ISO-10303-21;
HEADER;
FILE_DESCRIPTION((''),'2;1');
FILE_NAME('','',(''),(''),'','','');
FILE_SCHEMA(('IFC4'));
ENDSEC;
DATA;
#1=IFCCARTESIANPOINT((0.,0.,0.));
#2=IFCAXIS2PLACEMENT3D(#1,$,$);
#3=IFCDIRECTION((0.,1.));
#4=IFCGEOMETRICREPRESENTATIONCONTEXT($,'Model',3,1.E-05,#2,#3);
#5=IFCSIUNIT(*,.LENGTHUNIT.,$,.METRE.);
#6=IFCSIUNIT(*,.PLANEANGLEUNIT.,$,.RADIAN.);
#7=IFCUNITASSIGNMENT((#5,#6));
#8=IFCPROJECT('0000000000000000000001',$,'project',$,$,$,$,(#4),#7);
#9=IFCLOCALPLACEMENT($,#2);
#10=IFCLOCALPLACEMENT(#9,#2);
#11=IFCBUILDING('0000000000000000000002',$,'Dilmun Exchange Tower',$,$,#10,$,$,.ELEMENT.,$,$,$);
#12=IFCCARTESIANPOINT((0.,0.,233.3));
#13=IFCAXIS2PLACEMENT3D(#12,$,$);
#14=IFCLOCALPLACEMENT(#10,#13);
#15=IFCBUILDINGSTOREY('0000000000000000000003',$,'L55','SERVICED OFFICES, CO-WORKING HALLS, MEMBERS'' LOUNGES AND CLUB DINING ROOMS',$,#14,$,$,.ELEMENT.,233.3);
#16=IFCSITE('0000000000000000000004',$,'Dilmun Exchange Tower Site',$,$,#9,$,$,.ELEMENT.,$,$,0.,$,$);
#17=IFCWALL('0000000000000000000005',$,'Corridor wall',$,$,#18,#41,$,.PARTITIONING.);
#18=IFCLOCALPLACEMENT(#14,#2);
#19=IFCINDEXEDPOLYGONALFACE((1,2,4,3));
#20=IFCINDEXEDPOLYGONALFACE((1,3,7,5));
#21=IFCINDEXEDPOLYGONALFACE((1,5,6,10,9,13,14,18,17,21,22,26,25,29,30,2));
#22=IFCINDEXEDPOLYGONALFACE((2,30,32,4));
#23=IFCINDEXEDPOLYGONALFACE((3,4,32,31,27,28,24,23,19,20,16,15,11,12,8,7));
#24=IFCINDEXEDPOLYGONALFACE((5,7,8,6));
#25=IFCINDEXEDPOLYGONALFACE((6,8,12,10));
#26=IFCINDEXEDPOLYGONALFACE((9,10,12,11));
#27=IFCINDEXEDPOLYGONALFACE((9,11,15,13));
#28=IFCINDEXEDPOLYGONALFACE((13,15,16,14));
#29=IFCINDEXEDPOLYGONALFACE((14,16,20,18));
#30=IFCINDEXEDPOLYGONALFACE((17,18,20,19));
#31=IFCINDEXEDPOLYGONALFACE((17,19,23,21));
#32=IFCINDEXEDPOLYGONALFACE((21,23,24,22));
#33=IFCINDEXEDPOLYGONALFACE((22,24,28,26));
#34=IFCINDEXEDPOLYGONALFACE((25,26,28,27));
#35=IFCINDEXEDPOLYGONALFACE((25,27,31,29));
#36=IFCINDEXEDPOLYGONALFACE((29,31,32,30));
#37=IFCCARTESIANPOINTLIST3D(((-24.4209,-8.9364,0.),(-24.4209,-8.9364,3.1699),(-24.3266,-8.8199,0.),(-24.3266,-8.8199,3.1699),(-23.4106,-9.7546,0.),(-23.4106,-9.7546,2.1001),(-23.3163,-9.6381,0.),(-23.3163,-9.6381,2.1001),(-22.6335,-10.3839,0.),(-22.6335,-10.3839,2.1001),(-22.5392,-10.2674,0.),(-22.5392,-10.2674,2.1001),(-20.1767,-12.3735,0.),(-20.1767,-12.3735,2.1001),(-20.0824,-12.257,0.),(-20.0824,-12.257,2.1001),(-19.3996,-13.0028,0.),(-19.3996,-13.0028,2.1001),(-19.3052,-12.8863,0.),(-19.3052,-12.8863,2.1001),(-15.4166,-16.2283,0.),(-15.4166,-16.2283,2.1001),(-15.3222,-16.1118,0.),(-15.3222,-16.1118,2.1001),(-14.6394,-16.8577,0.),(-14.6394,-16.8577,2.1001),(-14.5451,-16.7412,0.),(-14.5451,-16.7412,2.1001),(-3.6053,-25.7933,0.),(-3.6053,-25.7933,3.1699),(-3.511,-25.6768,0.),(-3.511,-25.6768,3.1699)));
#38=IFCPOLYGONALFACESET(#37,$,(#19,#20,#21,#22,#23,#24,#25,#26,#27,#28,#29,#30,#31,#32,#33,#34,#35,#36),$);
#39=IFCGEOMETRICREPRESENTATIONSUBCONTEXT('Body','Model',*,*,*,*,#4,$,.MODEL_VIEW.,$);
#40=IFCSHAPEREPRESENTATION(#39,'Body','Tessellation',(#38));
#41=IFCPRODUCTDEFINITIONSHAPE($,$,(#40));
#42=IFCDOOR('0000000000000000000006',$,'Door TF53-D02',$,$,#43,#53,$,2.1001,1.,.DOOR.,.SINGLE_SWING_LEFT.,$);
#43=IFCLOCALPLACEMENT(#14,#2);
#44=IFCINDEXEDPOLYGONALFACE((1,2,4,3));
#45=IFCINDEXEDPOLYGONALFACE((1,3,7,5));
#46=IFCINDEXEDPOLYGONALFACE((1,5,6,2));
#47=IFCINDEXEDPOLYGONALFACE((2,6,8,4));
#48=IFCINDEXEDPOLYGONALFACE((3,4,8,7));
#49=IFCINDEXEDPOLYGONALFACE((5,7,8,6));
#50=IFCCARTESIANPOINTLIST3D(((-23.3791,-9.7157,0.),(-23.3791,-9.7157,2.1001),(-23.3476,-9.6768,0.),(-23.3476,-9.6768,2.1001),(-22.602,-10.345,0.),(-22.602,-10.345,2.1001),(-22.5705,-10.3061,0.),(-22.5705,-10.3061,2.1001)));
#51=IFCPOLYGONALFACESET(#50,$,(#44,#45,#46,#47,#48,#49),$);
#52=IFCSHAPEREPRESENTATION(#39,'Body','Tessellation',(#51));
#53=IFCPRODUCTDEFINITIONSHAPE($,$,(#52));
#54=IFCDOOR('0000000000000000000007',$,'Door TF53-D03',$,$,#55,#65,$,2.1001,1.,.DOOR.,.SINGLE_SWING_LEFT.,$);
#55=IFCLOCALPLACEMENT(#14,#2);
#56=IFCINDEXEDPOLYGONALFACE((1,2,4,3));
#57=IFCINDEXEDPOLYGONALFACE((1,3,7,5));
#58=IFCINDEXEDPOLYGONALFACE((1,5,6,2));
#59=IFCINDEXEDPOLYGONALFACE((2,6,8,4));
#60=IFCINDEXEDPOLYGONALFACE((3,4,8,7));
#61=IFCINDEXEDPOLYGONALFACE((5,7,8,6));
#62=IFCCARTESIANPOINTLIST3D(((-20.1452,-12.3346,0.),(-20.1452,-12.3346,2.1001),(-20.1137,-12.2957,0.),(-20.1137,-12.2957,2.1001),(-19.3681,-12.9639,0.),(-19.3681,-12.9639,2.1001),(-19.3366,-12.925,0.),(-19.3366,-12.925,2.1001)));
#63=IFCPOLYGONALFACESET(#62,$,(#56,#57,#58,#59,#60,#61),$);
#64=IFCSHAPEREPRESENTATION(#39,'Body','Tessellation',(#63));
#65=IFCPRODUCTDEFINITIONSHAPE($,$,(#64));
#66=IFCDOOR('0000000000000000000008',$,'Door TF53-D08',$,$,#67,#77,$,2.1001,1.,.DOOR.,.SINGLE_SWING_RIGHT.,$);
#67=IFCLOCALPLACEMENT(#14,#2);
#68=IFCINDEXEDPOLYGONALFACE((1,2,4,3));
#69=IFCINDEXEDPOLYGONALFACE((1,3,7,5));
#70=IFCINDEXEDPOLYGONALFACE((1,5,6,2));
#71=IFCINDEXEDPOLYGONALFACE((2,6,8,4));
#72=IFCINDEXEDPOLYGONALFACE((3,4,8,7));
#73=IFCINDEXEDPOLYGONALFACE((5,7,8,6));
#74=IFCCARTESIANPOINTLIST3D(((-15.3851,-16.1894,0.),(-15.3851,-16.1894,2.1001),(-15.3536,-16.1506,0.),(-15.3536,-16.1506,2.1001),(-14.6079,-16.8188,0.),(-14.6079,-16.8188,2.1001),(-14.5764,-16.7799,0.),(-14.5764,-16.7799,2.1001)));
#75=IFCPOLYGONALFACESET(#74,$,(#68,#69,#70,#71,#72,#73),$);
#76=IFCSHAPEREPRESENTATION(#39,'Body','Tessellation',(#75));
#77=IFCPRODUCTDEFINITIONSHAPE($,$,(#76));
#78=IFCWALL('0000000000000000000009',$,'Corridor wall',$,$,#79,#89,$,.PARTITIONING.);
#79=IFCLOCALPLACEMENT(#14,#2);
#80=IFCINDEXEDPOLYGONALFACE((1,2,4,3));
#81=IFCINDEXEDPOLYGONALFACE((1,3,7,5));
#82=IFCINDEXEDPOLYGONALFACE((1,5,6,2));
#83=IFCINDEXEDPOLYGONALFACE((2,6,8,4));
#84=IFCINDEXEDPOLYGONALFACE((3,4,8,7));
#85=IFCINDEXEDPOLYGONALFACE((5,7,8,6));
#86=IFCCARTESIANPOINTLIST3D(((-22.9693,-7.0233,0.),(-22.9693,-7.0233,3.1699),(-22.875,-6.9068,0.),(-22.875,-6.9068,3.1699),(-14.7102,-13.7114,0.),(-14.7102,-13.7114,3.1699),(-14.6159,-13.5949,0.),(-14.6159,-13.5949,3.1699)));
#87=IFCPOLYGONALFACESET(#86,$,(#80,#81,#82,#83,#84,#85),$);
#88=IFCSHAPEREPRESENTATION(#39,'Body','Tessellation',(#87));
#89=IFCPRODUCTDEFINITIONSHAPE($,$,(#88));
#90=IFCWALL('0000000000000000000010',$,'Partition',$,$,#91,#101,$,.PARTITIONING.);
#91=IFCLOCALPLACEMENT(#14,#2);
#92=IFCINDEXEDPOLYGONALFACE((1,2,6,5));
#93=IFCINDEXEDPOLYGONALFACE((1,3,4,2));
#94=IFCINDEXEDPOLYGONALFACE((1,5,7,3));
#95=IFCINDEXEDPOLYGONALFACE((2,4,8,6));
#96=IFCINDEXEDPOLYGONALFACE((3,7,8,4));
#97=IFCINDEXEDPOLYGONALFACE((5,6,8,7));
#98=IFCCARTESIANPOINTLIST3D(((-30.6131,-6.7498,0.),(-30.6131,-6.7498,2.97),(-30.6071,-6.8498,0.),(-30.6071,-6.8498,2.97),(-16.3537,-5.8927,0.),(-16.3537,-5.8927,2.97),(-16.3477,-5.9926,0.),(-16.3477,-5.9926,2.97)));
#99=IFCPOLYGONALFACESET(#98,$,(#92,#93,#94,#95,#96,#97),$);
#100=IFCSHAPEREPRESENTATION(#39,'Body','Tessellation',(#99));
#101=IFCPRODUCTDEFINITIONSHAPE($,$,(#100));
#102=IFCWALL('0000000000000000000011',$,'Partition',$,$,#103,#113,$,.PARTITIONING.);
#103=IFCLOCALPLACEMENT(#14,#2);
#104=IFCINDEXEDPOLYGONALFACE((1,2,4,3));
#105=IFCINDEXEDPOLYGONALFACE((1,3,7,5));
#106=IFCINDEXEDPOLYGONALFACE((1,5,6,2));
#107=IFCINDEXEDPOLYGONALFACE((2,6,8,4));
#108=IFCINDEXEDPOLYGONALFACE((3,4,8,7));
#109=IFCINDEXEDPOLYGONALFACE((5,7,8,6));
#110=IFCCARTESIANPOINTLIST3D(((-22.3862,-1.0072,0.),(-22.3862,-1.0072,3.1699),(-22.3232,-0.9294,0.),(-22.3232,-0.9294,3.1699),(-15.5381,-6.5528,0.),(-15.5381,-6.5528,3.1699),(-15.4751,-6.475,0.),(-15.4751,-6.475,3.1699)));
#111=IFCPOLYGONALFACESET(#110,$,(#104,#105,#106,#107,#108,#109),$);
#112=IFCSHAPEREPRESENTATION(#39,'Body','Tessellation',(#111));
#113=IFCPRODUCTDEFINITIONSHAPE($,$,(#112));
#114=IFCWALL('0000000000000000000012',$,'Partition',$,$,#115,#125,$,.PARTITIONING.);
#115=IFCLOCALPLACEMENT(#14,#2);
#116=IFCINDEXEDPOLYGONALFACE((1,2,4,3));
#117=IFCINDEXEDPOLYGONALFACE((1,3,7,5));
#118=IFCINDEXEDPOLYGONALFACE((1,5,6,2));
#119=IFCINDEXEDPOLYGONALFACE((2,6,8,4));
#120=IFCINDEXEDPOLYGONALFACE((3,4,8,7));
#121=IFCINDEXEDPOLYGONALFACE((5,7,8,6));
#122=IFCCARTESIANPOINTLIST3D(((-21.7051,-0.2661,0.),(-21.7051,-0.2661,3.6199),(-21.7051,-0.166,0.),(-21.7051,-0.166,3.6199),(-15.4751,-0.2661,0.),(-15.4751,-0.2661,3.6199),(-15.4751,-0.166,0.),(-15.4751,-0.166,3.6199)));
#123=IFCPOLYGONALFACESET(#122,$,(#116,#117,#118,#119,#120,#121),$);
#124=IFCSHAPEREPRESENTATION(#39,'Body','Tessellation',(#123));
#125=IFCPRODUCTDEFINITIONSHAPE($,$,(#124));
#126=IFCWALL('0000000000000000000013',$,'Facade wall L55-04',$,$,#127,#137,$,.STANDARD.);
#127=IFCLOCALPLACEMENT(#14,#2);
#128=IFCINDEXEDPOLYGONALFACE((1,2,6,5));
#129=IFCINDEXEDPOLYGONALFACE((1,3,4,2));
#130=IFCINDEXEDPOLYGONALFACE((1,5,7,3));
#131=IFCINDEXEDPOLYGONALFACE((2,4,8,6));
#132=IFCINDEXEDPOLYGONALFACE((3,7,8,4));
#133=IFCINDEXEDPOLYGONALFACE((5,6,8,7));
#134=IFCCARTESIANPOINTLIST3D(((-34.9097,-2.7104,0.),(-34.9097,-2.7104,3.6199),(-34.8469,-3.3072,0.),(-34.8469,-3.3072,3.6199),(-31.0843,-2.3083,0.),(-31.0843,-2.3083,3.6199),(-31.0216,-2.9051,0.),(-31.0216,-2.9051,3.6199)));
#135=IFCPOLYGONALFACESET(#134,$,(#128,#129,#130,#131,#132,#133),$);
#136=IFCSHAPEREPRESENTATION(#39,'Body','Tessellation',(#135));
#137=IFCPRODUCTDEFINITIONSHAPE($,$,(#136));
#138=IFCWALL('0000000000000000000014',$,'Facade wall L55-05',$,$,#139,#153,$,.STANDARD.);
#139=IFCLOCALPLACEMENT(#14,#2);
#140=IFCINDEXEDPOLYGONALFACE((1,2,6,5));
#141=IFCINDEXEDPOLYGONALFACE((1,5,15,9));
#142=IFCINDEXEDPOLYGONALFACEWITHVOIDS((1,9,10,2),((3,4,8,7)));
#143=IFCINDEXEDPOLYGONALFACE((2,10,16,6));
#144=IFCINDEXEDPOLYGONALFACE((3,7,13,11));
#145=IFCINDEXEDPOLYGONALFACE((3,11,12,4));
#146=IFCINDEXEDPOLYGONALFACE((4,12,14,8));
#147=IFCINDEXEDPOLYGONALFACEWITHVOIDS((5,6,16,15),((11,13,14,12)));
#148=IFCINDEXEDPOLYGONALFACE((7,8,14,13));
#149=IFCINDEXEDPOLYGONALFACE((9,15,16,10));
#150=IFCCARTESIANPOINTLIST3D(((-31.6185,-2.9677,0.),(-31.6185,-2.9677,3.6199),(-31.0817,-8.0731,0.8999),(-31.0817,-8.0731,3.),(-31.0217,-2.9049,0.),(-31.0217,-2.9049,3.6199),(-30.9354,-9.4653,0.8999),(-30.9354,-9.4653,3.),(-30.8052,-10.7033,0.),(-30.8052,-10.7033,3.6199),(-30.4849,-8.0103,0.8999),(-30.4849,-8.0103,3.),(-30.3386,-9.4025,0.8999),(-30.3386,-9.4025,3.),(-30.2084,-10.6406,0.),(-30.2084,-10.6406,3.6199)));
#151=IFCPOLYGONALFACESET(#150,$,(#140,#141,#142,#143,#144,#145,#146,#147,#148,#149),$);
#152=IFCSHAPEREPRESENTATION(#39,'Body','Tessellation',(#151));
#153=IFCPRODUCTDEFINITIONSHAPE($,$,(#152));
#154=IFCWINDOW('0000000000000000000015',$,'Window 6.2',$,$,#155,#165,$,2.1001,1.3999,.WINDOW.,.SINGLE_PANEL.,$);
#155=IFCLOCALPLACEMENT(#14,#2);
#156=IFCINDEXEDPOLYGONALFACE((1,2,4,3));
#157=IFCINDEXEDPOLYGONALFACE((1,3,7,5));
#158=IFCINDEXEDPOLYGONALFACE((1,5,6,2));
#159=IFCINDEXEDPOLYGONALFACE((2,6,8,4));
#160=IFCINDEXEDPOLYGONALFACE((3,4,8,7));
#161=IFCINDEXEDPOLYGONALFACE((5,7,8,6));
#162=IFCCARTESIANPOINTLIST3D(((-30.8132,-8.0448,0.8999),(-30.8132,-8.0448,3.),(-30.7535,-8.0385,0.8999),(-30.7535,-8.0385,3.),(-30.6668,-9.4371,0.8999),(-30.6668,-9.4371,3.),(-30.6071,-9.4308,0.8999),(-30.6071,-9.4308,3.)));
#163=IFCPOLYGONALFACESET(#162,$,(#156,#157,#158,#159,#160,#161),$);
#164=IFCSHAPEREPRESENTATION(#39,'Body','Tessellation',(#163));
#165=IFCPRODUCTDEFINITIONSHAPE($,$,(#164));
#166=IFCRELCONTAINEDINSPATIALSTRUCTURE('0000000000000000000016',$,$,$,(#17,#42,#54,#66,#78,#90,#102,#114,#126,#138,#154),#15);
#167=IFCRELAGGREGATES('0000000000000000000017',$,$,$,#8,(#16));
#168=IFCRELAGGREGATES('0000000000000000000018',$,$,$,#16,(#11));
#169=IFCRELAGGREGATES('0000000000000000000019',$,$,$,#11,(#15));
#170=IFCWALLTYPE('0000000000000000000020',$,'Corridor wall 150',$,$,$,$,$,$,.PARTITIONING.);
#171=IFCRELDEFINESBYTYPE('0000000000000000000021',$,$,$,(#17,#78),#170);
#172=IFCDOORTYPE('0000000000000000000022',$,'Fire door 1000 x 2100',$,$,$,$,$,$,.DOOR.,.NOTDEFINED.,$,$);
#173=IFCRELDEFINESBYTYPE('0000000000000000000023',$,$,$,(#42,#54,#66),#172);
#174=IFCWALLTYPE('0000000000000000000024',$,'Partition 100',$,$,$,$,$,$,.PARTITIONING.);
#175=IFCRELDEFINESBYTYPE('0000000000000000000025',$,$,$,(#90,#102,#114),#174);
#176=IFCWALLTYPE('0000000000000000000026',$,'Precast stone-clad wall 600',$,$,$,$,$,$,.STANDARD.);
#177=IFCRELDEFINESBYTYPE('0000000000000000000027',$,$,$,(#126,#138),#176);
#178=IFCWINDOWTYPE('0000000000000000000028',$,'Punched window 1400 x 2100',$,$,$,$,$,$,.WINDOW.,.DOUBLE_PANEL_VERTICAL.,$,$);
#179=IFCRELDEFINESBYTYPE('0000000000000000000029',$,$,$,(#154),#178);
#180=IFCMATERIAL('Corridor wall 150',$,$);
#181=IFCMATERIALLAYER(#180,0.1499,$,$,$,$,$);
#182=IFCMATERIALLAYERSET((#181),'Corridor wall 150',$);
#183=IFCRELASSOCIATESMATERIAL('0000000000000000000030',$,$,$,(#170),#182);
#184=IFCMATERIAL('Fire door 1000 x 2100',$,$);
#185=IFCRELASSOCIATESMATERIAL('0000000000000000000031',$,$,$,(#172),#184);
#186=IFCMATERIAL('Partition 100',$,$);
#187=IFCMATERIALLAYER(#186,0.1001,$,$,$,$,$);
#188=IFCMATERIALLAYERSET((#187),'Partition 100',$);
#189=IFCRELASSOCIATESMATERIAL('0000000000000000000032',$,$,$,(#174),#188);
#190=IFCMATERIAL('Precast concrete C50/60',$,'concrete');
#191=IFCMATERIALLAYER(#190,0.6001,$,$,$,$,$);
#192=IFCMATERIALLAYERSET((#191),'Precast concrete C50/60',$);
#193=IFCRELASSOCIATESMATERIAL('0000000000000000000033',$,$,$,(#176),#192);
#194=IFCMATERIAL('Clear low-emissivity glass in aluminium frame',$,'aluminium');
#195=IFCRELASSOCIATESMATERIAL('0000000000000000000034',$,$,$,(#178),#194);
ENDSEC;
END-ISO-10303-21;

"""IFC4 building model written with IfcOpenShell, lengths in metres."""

from ifc_helpers import new_model, si_unit, direction, frame, frame_2d, origin, place, context, subcontext, project, spatial, rectangle, extrude, material, layer, layer_set, type_object, element, fill, save


model = new_model("IFC4")

# Units and contexts
model_context = context("Model", 3, precision=1e-05, world=origin(), true_north=direction((0.0, 1.0)))
body_context = subcontext(model_context, "Body", "Model", "MODEL_VIEW")
ifc_project = project(units=[si_unit("LENGTHUNIT", "METRE"), si_unit("PLANEANGLEUNIT", "RADIAN")], contexts=[model_context])

# Site, building, storey
site_placement = place(None, origin())
site = spatial("IfcSite", under=ifc_project, at=site_placement, Name="Dilmun Exchange Tower Site", CompositionType="ELEMENT", RefElevation=0.0)
building_placement = place(site_placement, origin())
building = spatial("IfcBuilding", under=site, at=building_placement, Name="Dilmun Exchange Tower", CompositionType="ELEMENT")
storey_placement = place(building_placement, frame((0.0, 0.0, 233.3)))
storey = spatial("IfcBuildingStorey", under=building, at=storey_placement, Name="L55", Description="SERVICED OFFICES, CO-WORKING HALLS, MEMBERS' LOUNGES AND CLUB DINING ROOMS", CompositionType="ELEMENT", Elevation=233.3)

# Shared definitions
ifc_material_1 = material(Name="Corridor wall 150")
ifc_layer_1 = layer(ifc_material_1, 0.1499)
ifc_layer_set_1 = layer_set([ifc_layer_1], Name="Corridor wall 150")
wall_type_1 = type_object("IfcWallType", Name="Corridor wall 150", PredefinedType="PARTITIONING", material=ifc_layer_set_1)
ifc_material_2 = material(Name="Fire door 1000 x 2100")
door_type_1 = type_object("IfcDoorType", Name="Fire door 1000 x 2100", OperationType="NOTDEFINED", PredefinedType="DOOR", material=ifc_material_2)

# Wall, openings, doors
wall_1_placement = place(storey_placement, frame((-24.3738, -8.8782, 0.0), z_axis=(0.0, 0.0, 1.0), x_axis=(0.777133, -0.629337, 0.0)))
wall_1 = element("IfcWall", 1, at=wall_1_placement, inside=storey, type_object=wall_type_1, Name="Corridor wall", PredefinedType="PARTITIONING", context=body_context, shape_type="SweptSolid", body=[
    extrude(rectangle(XDim=26.7852, YDim=0.1499, at=frame_2d((13.3926, 0.0))), origin(), (0.0, 0.0, 1.0), 3.1699),
])
opening_1_placement = place(wall_1_placement, frame((1.3, 0.0, 0.0)))
opening_1 = element("IfcOpeningElement", 2, at=opening_1_placement, cuts=wall_1, PredefinedType="OPENING", context=body_context, shape_type="SweptSolid", body=[
    extrude(rectangle(XDim=1.0, YDim=2.1001, at=frame_2d((0.5, 1.05))), frame((0.0, 0.085, 0.0), z_axis=(0.0, -1.0, 0.0), x_axis=(1.0, 0.0, 0.0)), (0.0, 0.0, 1.0), 0.1699),
])
opening_2_placement = place(wall_1_placement, frame((5.4614, 0.0, 0.0)))
opening_2 = element("IfcOpeningElement", 3, at=opening_2_placement, cuts=wall_1, PredefinedType="OPENING", context=body_context, shape_type="SweptSolid", body=[
    extrude(rectangle(XDim=1.0, YDim=2.1001, at=frame_2d((0.5, 1.05))), frame((0.0, 0.085, 0.0), z_axis=(0.0, -1.0, 0.0), x_axis=(1.0, 0.0, 0.0)), (0.0, 0.0, 1.0), 0.1699),
])
opening_3_placement = place(wall_1_placement, frame((11.5867, 0.0, 0.0)))
opening_3 = element("IfcOpeningElement", 4, at=opening_3_placement, cuts=wall_1, PredefinedType="OPENING", context=body_context, shape_type="SweptSolid", body=[
    extrude(rectangle(XDim=1.0, YDim=2.1001, at=frame_2d((0.5, 1.05))), frame((0.0, 0.085, 0.0), z_axis=(0.0, -1.0, 0.0), x_axis=(1.0, 0.0, 0.0)), (0.0, 0.0, 1.0), 0.1699),
])
door_1_placement = place(opening_1_placement, frame((1.0, 0.0, 0.0), z_axis=(0.0, 0.0, 1.0), x_axis=(-1.0, 0.0, 0.0)))
door_1 = element("IfcDoor", 5, at=door_1_placement, inside=storey, type_object=door_type_1, Name="Door TF53-D02", OperationType="SINGLE_SWING_LEFT", OverallHeight=2.1001, OverallWidth=1.0, PredefinedType="DOOR", context=body_context, shape_type="SweptSolid", body=[
    extrude(rectangle(XDim=1.0, YDim=2.1001, at=frame_2d((0.5, 1.05))), frame((0.0, 0.0249, 0.0), z_axis=(0.0, -1.0, 0.0), x_axis=(1.0, 0.0, 0.0)), (0.0, 0.0, 1.0), 0.05),
])
fill(opening_1, door_1)
door_2_placement = place(opening_2_placement, frame((1.0, 0.0, 0.0), z_axis=(0.0, 0.0, 1.0), x_axis=(-1.0, 0.0, 0.0)))
door_2 = element("IfcDoor", 6, at=door_2_placement, inside=storey, type_object=door_type_1, Name="Door TF53-D03", OperationType="SINGLE_SWING_LEFT", OverallHeight=2.1001, OverallWidth=1.0, PredefinedType="DOOR", context=body_context, shape_type="SweptSolid", body=[
    extrude(rectangle(XDim=1.0, YDim=2.1001, at=frame_2d((0.5, 1.05))), frame((0.0, 0.0249, 0.0), z_axis=(0.0, -1.0, 0.0), x_axis=(1.0, 0.0, 0.0)), (0.0, 0.0, 1.0), 0.05),
])
fill(opening_2, door_2)
door_3_placement = place(opening_3_placement, frame((1.0, 0.0, 0.0), z_axis=(0.0, 0.0, 1.0), x_axis=(-1.0, 0.0, 0.0)))
door_3 = element("IfcDoor", 7, at=door_3_placement, inside=storey, type_object=door_type_1, Name="Door TF53-D08", OperationType="SINGLE_SWING_RIGHT", OverallHeight=2.1001, OverallWidth=1.0, PredefinedType="DOOR", context=body_context, shape_type="SweptSolid", body=[
    extrude(rectangle(XDim=1.0, YDim=2.1001, at=frame_2d((0.5, 1.05))), frame((0.0, 0.0249, 0.0), z_axis=(0.0, -1.0, 0.0), x_axis=(1.0, 0.0, 0.0)), (0.0, 0.0, 1.0), 0.05),
])
fill(opening_3, door_3)

# Walls
wall_2_placement = place(storey_placement, frame((-22.9221, -6.9651, 0.0), z_axis=(0.0, 0.0, 1.0), x_axis=(0.777148, -0.629318, 0.0)))
element("IfcWall", 8, at=wall_2_placement, inside=storey, type_object=wall_type_1, Name="Corridor wall", PredefinedType="PARTITIONING", context=body_context, shape_type="SweptSolid", body=[
    extrude(rectangle(XDim=10.6274, YDim=0.1499, at=frame_2d((5.3137, 0.0))), origin(), (0.0, 0.0, 1.0), 3.1699),
])
ifc_material_3 = material(Name="Partition 100")
ifc_layer_2 = layer(ifc_material_3, 0.1001)
ifc_layer_set_2 = layer_set([ifc_layer_2], Name="Partition 100")
wall_type_2 = type_object("IfcWallType", Name="Partition 100", PredefinedType="PARTITIONING", material=ifc_layer_set_2)
wall_3_placement = place(storey_placement, frame((-30.6101, -6.7998, 0.0), z_axis=(0.0, 0.0, 1.0), x_axis=(0.998198, 0.060004, 0.0)))
element("IfcWall", 9, at=wall_3_placement, inside=storey, type_object=wall_type_2, Name="Partition", PredefinedType="PARTITIONING", context=body_context, shape_type="SweptSolid", body=[
    extrude(rectangle(XDim=14.2852, YDim=0.1001, at=frame_2d((7.1426, 0.0))), origin(), (0.0, 0.0, 1.0), 2.97),
])
wall_4_placement = place(storey_placement, frame((-22.3547, -0.9683, 0.0), z_axis=(0.0, 0.0, 1.0), x_axis=(0.777138, -0.62933, 0.0)))
element("IfcWall", 10, at=wall_4_placement, inside=storey, type_object=wall_type_2, Name="Partition", PredefinedType="PARTITIONING", context=body_context, shape_type="SweptSolid", body=[
    extrude(rectangle(XDim=8.812, YDim=0.1001, at=frame_2d((4.406, 0.0))), origin(), (0.0, 0.0, 1.0), 3.1699),
])
wall_5_placement = place(storey_placement, frame((-21.7051, -0.2161, 0.0), z_axis=(0.0, 0.0, 1.0), x_axis=(1.0, 0.0, 0.0)))
element("IfcWall", 11, at=wall_5_placement, inside=storey, type_object=wall_type_2, Name="Partition", PredefinedType="PARTITIONING", context=body_context, shape_type="SweptSolid", body=[
    extrude(rectangle(XDim=6.23, YDim=0.1001, at=frame_2d((3.115, 0.0))), origin(), (0.0, 0.0, 1.0), 3.6199),
])
ifc_material_4 = material(Name="Precast concrete C50/60", Category="concrete")
ifc_layer_3 = layer(ifc_material_4, 0.6001)
ifc_layer_set_3 = layer_set([ifc_layer_3], Name="Precast concrete C50/60")
wall_type_3 = type_object("IfcWallType", Name="Precast stone-clad wall 600", PredefinedType="STANDARD", material=ifc_layer_set_3)
wall_6_placement = place(storey_placement, frame((-34.8784, -3.0088, 0.0), z_axis=(0.0, 0.0, 1.0), x_axis=(0.994521, 0.104536, 0.0)))
element("IfcWall", 12, at=wall_6_placement, inside=storey, type_object=wall_type_3, Name="Facade wall L55-04", PredefinedType="STANDARD", context=body_context, shape_type="SweptSolid", body=[
    extrude(rectangle(XDim=3.8464, YDim=0.6001, at=frame_2d((1.9233, 0.0))), origin(), (0.0, 0.0, 1.0), 3.6199),
])

# Wall, opening, window
wall_7_placement = place(storey_placement, frame((-31.3201, -2.9363, 0.0), z_axis=(0.0, 0.0, 1.0), x_axis=(0.104552, -0.994519, 0.0)))
wall_7 = element("IfcWall", 13, at=wall_7_placement, inside=storey, type_object=wall_type_3, Name="Facade wall L55-05", PredefinedType="STANDARD", context=body_context, shape_type="SweptSolid", body=[
    extrude(rectangle(XDim=7.7783, YDim=0.6001, at=frame_2d((3.8892, 0.0))), origin(), (0.0, 0.0, 1.0), 3.6199),
])
opening_4_placement = place(wall_7_placement, frame((5.1335, 0.0, 0.8999)))
opening_4 = element("IfcOpeningElement", 14, at=opening_4_placement, cuts=wall_7, PredefinedType="OPENING", context=body_context, shape_type="SweptSolid", body=[
    extrude(rectangle(XDim=1.3999, YDim=2.1001, at=frame_2d((0.7, 1.05))), frame((0.0, 0.3101, 0.0), z_axis=(0.0, -1.0, 0.0), x_axis=(1.0, 0.0, 0.0)), (0.0, 0.0, 1.0), 0.6201),
])
ifc_material_5 = material(Name="Clear low-emissivity glass in aluminium frame", Category="aluminium")
window_type = type_object("IfcWindowType", Name="Punched window 1400 x 2100", PartitioningType="DOUBLE_PANEL_VERTICAL", PredefinedType="WINDOW", material=ifc_material_5)
window_placement = place(opening_4_placement, origin())
window = element("IfcWindow", 15, at=window_placement, inside=storey, type_object=window_type, Name="Window 6.2", OverallHeight=2.1001, OverallWidth=1.3999, PartitioningType="SINGLE_PANEL", PredefinedType="WINDOW", context=body_context, shape_type="SweptSolid", body=[
    extrude(rectangle(XDim=1.3999, YDim=2.1001, at=frame_2d((0.7, 1.05))), frame((0.0, 0.03, 0.0), z_axis=(0.0, -1.0, 0.0), x_axis=(1.0, 0.0, 0.0)), (0.0, 0.0, 1.0), 0.0601),
])
fill(opening_4, window)

save(model, "model.ifc")
